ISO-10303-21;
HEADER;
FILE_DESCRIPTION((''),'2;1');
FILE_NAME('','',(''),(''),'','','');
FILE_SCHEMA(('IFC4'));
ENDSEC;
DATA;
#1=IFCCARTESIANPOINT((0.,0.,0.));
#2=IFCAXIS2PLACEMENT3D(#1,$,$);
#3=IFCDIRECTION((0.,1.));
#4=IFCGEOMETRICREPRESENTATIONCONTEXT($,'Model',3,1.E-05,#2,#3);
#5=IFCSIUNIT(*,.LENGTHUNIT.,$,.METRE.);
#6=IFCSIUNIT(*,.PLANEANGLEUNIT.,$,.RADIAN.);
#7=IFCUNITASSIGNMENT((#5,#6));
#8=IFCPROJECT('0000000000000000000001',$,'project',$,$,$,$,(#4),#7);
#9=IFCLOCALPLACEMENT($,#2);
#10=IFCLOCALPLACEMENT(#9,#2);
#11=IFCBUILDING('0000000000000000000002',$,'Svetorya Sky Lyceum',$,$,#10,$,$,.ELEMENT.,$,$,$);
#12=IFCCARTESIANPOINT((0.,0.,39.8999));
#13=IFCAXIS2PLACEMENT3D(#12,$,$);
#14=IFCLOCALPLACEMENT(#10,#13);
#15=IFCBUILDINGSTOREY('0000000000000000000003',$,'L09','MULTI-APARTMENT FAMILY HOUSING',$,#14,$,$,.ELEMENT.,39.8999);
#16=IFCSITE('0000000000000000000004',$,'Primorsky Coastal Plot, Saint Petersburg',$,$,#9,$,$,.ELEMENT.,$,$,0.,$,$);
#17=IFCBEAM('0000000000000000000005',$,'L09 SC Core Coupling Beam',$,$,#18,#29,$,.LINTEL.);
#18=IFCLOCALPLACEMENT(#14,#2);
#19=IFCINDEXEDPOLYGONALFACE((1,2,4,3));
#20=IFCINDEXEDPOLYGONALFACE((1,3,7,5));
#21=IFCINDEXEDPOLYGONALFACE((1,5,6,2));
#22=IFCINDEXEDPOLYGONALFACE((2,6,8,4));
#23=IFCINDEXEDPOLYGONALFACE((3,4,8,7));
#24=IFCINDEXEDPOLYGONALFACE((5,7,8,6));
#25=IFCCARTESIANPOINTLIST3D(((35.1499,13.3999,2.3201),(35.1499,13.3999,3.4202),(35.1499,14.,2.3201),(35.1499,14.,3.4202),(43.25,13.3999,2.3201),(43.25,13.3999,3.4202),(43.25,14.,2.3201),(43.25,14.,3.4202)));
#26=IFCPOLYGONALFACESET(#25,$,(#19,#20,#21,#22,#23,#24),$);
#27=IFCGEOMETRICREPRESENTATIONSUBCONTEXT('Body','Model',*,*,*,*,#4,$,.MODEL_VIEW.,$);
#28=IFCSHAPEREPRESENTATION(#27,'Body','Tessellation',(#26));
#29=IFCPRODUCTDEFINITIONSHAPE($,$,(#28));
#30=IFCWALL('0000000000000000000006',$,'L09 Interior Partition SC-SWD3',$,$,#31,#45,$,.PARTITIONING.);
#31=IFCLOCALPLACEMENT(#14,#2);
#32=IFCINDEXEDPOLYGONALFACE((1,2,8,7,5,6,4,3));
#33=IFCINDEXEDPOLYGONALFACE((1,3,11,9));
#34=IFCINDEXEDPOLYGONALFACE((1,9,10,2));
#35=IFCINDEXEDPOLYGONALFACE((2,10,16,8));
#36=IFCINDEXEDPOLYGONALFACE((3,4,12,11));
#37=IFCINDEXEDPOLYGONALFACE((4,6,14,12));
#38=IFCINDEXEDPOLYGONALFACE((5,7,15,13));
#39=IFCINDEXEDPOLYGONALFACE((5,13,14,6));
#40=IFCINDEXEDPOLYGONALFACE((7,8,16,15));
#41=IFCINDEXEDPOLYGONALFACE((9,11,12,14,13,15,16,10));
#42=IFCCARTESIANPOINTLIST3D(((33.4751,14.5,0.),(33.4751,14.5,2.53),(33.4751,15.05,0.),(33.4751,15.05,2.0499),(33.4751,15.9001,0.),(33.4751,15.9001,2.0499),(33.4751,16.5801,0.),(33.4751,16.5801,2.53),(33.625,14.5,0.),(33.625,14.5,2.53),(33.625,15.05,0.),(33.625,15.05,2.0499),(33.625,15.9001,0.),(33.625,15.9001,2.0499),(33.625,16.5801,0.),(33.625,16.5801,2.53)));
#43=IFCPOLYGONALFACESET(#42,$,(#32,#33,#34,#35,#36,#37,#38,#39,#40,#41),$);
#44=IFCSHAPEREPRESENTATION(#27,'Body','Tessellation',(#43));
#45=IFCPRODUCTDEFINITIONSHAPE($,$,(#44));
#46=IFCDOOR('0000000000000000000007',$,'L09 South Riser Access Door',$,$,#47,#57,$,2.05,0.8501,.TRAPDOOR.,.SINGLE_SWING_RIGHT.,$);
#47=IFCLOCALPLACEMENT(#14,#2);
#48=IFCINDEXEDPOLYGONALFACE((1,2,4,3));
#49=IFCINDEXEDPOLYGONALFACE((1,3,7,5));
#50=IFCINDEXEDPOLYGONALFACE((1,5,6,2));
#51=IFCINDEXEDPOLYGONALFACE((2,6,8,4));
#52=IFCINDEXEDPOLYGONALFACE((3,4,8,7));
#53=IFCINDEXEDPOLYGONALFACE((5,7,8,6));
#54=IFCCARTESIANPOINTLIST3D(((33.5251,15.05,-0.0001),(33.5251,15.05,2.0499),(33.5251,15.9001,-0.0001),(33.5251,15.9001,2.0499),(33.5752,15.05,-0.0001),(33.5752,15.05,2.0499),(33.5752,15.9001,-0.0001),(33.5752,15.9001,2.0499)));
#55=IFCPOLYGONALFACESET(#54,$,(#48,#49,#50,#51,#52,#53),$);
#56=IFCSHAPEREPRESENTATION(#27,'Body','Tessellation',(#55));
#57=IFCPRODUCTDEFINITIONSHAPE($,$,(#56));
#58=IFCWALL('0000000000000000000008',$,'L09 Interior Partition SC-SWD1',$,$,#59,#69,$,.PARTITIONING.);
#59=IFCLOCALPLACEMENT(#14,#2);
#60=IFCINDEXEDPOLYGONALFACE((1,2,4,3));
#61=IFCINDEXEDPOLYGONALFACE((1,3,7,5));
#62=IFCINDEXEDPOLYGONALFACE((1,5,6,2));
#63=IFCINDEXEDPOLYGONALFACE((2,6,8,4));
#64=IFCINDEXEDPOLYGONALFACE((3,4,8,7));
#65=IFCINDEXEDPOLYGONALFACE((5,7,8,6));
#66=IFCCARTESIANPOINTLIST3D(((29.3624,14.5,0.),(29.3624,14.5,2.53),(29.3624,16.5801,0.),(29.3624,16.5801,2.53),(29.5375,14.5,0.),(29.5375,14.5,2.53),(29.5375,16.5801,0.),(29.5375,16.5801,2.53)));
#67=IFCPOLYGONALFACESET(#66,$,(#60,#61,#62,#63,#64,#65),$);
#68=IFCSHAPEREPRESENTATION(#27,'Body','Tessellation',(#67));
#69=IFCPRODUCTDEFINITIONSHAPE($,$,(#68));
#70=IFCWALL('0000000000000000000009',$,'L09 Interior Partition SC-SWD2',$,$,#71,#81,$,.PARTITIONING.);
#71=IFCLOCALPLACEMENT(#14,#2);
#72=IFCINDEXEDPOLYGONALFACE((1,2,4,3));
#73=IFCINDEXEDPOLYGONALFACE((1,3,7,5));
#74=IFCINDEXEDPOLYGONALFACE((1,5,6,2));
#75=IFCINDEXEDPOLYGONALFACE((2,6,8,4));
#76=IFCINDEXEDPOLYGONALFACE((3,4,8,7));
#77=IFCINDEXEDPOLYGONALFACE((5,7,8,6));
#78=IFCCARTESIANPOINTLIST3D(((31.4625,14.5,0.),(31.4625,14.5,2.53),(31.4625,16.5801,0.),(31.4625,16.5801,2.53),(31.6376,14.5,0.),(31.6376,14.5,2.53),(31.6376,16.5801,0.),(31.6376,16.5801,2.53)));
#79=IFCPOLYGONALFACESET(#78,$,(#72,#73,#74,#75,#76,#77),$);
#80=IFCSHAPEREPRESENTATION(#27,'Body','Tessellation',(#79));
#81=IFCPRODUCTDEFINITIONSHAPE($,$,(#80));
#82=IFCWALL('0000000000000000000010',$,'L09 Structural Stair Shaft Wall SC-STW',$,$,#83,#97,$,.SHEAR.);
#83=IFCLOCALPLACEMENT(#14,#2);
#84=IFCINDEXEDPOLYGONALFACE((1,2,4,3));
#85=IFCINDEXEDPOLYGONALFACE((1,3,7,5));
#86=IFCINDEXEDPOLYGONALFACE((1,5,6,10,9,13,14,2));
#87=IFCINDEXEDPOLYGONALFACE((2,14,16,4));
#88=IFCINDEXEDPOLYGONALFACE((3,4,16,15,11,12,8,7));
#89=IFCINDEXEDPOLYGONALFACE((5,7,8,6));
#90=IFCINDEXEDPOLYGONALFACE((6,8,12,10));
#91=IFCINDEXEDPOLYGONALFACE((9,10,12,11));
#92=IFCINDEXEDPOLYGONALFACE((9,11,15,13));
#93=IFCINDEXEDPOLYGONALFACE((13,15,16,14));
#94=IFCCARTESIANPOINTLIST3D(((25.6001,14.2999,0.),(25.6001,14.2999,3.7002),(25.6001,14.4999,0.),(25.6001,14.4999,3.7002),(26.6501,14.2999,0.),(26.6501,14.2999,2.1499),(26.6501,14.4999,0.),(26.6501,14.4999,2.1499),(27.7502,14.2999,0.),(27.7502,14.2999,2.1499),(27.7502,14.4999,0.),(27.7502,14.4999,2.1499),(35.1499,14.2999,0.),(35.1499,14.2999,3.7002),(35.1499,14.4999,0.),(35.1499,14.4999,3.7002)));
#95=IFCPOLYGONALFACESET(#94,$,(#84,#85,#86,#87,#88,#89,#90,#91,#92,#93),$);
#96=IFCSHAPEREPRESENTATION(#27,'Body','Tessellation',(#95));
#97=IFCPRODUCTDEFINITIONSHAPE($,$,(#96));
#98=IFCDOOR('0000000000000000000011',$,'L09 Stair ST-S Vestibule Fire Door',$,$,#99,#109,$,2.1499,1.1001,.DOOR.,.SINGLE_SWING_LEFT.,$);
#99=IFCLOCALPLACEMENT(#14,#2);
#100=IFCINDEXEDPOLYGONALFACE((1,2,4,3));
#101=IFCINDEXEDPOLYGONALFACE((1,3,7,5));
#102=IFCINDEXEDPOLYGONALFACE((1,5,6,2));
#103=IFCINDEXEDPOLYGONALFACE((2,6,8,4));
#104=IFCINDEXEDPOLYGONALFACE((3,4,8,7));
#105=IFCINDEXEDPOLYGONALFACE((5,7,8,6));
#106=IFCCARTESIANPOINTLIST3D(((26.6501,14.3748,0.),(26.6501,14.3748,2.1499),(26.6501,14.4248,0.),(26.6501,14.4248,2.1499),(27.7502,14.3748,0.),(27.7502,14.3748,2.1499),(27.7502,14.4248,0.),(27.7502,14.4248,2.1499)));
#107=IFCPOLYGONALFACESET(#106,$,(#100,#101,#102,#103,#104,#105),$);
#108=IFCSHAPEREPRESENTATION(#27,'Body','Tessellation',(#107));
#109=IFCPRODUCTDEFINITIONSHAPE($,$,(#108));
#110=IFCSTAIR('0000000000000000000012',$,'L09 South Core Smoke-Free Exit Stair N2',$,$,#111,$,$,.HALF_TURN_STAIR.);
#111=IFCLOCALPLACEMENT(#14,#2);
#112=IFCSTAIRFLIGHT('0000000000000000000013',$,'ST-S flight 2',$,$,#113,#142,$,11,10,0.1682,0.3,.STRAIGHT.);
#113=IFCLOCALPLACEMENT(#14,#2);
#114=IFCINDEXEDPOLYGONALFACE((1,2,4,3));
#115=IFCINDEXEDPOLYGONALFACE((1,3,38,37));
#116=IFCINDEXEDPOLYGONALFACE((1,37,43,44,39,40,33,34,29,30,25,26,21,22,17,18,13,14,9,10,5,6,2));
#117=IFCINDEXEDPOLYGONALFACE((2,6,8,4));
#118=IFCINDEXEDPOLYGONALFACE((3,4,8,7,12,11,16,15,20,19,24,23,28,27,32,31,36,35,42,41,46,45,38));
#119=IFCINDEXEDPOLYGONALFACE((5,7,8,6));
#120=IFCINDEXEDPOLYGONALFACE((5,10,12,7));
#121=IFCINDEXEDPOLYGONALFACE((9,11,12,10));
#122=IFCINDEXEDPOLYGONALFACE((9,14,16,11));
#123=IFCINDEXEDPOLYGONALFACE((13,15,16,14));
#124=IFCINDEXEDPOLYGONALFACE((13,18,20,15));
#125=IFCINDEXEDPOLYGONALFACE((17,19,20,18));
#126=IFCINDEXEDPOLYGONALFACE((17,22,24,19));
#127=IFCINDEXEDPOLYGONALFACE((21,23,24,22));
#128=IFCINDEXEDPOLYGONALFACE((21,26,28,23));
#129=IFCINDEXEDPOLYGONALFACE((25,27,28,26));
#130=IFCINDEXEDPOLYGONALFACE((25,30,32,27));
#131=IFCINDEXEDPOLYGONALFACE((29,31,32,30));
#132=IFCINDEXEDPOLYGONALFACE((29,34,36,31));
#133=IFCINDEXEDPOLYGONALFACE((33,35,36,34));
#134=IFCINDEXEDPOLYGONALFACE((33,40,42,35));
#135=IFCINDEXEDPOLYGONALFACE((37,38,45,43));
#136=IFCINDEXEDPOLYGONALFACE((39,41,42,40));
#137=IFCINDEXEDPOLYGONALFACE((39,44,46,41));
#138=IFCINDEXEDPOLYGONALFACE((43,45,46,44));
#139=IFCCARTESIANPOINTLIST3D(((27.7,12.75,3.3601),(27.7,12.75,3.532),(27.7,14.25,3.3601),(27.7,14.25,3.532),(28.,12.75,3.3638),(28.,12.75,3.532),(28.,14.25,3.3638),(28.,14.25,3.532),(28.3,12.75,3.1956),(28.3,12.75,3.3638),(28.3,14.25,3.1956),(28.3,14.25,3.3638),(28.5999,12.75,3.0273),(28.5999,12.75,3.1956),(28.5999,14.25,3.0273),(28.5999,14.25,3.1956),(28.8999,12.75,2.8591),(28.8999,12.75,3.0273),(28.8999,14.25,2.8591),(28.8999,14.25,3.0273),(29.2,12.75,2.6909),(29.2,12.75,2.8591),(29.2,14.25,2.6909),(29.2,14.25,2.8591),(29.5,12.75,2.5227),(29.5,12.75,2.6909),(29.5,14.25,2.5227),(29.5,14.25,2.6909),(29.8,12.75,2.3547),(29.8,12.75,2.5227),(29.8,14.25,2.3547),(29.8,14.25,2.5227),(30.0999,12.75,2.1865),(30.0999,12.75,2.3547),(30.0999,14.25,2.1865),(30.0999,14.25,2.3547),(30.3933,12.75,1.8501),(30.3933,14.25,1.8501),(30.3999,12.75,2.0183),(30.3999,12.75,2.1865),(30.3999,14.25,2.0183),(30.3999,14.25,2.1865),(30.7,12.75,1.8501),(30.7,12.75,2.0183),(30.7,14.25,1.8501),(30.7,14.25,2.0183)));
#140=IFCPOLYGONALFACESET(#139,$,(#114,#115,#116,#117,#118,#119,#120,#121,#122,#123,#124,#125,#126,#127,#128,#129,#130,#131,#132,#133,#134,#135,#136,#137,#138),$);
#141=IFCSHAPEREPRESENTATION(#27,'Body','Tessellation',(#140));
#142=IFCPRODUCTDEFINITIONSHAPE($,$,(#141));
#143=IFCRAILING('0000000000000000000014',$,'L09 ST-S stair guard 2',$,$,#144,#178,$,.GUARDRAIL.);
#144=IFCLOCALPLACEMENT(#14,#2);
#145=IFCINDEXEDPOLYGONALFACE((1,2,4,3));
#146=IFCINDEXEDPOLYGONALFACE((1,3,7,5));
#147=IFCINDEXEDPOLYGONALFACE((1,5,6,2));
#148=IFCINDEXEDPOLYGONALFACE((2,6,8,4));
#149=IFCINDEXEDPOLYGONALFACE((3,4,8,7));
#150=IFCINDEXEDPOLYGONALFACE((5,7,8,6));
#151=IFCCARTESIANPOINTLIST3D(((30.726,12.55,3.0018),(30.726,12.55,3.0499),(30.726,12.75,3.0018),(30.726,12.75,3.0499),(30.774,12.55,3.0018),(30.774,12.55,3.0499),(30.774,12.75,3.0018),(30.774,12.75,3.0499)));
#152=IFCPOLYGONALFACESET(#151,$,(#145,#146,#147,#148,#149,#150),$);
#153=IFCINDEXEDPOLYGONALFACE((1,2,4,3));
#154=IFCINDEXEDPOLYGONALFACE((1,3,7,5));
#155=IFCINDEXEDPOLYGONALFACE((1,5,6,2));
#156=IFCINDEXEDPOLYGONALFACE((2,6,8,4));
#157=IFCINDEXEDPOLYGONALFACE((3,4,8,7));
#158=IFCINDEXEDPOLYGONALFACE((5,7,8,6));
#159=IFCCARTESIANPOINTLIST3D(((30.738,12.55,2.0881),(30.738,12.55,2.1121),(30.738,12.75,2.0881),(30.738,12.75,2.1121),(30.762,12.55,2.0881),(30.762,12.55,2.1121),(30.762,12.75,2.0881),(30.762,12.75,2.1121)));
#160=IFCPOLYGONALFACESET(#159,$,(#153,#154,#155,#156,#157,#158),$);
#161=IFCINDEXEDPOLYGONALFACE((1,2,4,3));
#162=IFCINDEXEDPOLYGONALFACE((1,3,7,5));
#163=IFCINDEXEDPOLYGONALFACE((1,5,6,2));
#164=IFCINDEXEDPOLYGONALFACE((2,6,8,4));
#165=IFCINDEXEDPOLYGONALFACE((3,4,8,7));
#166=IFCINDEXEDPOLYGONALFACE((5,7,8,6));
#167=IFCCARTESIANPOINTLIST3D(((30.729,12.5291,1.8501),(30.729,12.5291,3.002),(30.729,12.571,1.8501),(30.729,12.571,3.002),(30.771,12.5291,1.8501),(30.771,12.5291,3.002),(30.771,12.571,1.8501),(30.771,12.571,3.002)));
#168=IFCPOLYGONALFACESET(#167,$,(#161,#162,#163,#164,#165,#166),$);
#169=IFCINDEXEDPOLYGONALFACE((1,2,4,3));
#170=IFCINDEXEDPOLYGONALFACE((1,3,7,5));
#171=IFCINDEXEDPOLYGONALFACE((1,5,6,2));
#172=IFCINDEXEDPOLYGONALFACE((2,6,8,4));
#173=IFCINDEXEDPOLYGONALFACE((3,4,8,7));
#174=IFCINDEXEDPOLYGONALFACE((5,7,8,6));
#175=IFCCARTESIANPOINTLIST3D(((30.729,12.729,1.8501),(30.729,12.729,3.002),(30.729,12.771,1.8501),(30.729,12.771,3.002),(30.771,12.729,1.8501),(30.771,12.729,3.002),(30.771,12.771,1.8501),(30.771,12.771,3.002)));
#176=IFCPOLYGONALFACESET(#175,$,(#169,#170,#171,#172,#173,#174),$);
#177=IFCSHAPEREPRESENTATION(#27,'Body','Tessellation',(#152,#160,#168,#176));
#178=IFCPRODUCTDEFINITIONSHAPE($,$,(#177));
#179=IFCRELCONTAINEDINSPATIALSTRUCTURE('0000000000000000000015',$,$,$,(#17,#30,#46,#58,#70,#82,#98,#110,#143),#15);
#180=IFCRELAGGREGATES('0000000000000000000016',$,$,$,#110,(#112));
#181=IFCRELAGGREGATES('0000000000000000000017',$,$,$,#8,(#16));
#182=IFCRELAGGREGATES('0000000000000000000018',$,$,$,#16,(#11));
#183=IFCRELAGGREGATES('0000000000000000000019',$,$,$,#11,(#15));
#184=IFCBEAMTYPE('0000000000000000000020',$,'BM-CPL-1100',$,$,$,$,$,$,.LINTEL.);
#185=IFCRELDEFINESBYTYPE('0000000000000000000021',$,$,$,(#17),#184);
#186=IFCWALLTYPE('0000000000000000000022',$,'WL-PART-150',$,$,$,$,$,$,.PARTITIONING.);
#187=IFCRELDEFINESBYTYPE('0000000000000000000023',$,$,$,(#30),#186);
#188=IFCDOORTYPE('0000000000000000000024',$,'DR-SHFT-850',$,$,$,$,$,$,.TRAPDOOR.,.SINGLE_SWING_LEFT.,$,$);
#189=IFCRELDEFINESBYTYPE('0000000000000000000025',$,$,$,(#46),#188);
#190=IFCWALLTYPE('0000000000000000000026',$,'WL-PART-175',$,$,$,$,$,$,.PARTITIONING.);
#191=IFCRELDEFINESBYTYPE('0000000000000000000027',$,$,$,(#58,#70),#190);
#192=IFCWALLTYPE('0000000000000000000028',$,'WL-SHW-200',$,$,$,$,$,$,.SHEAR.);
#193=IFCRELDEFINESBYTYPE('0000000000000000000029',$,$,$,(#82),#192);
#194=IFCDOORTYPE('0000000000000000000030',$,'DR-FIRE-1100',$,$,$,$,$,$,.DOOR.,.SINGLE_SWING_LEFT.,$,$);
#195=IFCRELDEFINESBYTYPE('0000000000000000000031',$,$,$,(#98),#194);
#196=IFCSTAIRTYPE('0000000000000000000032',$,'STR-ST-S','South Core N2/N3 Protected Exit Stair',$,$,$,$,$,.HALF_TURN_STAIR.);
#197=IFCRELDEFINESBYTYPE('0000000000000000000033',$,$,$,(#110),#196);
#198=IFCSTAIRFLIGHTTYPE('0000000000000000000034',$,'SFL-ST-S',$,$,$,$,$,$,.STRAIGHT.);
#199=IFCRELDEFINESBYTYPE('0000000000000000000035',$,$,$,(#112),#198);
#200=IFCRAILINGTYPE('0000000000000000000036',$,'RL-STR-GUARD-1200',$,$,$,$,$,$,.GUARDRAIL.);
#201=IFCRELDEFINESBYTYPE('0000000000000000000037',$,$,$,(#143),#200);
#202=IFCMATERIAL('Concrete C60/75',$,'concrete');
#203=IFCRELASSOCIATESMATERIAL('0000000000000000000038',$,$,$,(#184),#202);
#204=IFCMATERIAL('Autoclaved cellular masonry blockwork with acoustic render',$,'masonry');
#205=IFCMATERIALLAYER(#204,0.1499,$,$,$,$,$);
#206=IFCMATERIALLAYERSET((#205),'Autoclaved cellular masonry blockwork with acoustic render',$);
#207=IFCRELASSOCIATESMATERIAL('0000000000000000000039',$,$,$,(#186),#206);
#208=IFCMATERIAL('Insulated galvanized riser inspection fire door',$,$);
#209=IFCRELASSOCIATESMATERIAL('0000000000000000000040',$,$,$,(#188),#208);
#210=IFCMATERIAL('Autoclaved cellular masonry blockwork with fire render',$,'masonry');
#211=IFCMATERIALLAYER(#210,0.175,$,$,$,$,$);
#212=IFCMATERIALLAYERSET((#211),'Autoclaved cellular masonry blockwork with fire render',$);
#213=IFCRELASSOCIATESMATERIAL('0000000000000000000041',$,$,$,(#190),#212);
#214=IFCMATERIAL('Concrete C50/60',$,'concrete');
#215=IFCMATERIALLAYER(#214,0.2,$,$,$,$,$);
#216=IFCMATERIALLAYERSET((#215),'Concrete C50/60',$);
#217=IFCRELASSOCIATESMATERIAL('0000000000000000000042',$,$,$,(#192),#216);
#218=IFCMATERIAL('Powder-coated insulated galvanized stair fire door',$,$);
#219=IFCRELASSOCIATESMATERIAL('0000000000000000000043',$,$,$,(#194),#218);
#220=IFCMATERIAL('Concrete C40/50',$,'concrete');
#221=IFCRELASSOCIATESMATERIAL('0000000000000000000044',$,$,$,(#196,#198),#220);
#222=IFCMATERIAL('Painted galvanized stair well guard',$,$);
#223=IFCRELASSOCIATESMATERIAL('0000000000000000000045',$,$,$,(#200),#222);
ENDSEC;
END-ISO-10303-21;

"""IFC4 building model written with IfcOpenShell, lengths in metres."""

from ifc_helpers import new_model, si_unit, direction, frame, frame_2d, origin, origin_2d, place, context, subcontext, project, spatial, polyline, rectangle, outline, extrude, material, layer, layer_set, material_profile, profile_set, type_object, element, fill, aggregate, save


model = new_model("IFC4")

# Units and contexts
model_context = context("Model", 3, precision=1e-05, world=origin(), true_north=direction((0.0, 1.0)))
body_context = subcontext(model_context, "Body", "Model", "MODEL_VIEW")
ifc_project = project(units=[si_unit("LENGTHUNIT", "METRE"), si_unit("PLANEANGLEUNIT", "RADIAN")], contexts=[model_context])

# Site, building, storey
site_placement = place(None, origin())
site = spatial("IfcSite", under=ifc_project, at=site_placement, Name="Primorsky Coastal Plot, Saint Petersburg", CompositionType="ELEMENT", RefElevation=0.0)
building_placement = place(site_placement, origin())
building = spatial("IfcBuilding", under=site, at=building_placement, Name="Svetorya Sky Lyceum", CompositionType="ELEMENT")
storey_placement = place(building_placement, frame((0.0, 0.0, 39.8999)))
storey = spatial("IfcBuildingStorey", under=building, at=storey_placement, Name="L09", Description="MULTI-APARTMENT FAMILY HOUSING", CompositionType="ELEMENT", Elevation=39.8999)

# Beam
ifc_material_1 = material(Name="Concrete C60/75", Category="concrete")
ifc_material_profile = material_profile(ifc_material_1, rectangle(XDim=0.6001, YDim=1.1001, at=origin_2d()), Name="RC COUPLING 600x1100")
ifc_profile_set = profile_set([ifc_material_profile], Name="Concrete C60/75")
beam_type = type_object("IfcBeamType", Name="BM-CPL-1100", PredefinedType="LINTEL", material=ifc_profile_set)
beam_placement = place(storey_placement, frame((35.1499, 13.7, 2.8701), z_axis=(1.0, 0.0, 0.0), x_axis=(0.0, 1.0, 0.0)))
element("IfcBeam", 1, at=beam_placement, inside=storey, type_object=beam_type, Name="L09 SC Core Coupling Beam", PredefinedType="LINTEL", context=body_context, shape_type="SweptSolid", body=[
    extrude(rectangle(XDim=0.6001, YDim=1.1001, at=origin_2d()), origin(), (0.0, 0.0, 1.0), 8.1001),
])

# Wall, opening, door
ifc_material_2 = material(Name="Autoclaved cellular masonry blockwork with acoustic render", Category="masonry")
ifc_layer_1 = layer(ifc_material_2, 0.1499)
ifc_layer_set_1 = layer_set([ifc_layer_1], Name="Autoclaved cellular masonry blockwork with acoustic render")
wall_type_1 = type_object("IfcWallType", Name="WL-PART-150", PredefinedType="PARTITIONING", material=ifc_layer_set_1)
wall_1_placement = place(storey_placement, frame((33.55, 14.5, 0.0), z_axis=(0.0, 0.0, 1.0), x_axis=(0.0, 1.0, 0.0)))
wall_1 = element("IfcWall", 2, at=wall_1_placement, inside=storey, type_object=wall_type_1, Name="L09 Interior Partition SC-SWD3", PredefinedType="PARTITIONING", context=body_context, shape_type="SweptSolid", body=[
    extrude(rectangle(XDim=2.0801, YDim=0.1499, at=frame_2d((1.04, 0.0))), origin(), (0.0, 0.0, 1.0), 2.53),
])
opening_1_placement = place(wall_1_placement, frame((0.55, 0.0, 0.0)))
opening_1 = element("IfcOpeningElement", 3, at=opening_1_placement, cuts=wall_1, PredefinedType="OPENING", context=body_context, shape_type="SweptSolid", body=[
    extrude(rectangle(XDim=0.8501, YDim=2.05, at=frame_2d((0.425, 1.0249))), frame((0.0, 0.085, 0.0), z_axis=(0.0, -1.0, 0.0), x_axis=(1.0, 0.0, 0.0)), (0.0, 0.0, 1.0), 0.1699),
])
ifc_material_3 = material(Name="Insulated galvanized riser inspection fire door")
door_type_1 = type_object("IfcDoorType", Name="DR-SHFT-850", OperationType="SINGLE_SWING_LEFT", PredefinedType="TRAPDOOR", material=ifc_material_3)
door_1_placement = place(opening_1_placement, origin())
door_1 = element("IfcDoor", 4, at=door_1_placement, inside=storey, type_object=door_type_1, Name="L09 South Riser Access Door", OperationType="SINGLE_SWING_RIGHT", OverallHeight=2.05, OverallWidth=0.8501, PredefinedType="TRAPDOOR", context=body_context, shape_type="SweptSolid", body=[
    extrude(rectangle(XDim=0.8501, YDim=2.05, at=frame_2d((0.425, 1.0249))), frame((0.0, 0.0249, 0.0), z_axis=(0.0, -1.0, 0.0), x_axis=(1.0, 0.0, 0.0)), (0.0, 0.0, 1.0), 0.05),
])
fill(opening_1, door_1)

# Walls
ifc_material_4 = material(Name="Autoclaved cellular masonry blockwork with fire render", Category="masonry")
ifc_layer_2 = layer(ifc_material_4, 0.175)
ifc_layer_set_2 = layer_set([ifc_layer_2], Name="Autoclaved cellular masonry blockwork with fire render")
wall_type_2 = type_object("IfcWallType", Name="WL-PART-175", PredefinedType="PARTITIONING", material=ifc_layer_set_2)
for number, where, z_axis, x_axis, name in (
    (5, (29.45, 14.5, 0.0), (0.0, 0.0, 1.0), (0.0, 1.0, 0.0), "L09 Interior Partition SC-SWD1"),
    (6, (31.55, 14.5, 0.0), (0.0, 0.0, 1.0), (0.0, 1.0, 0.0), "L09 Interior Partition SC-SWD2"),
):
    element("IfcWall", number, at=place(storey_placement, frame(where, z_axis=z_axis, x_axis=x_axis)), inside=storey, type_object=wall_type_2, Name=name, PredefinedType="PARTITIONING", context=body_context, shape_type="SweptSolid", body=[
        extrude(rectangle(XDim=2.0801, YDim=0.175, at=frame_2d((1.04, 0.0))), origin(), (0.0, 0.0, 1.0), 2.53),
    ])

# Wall, opening, door
ifc_material_5 = material(Name="Concrete C50/60", Category="concrete")
ifc_layer_3 = layer(ifc_material_5, 0.2)
ifc_layer_set_3 = layer_set([ifc_layer_3], Name="Concrete C50/60")
wall_type_3 = type_object("IfcWallType", Name="WL-SHW-200", PredefinedType="SHEAR", material=ifc_layer_set_3)
wall_2_placement = place(storey_placement, frame((25.6001, 14.3999, 0.0), z_axis=(0.0, 0.0, 1.0), x_axis=(1.0, 0.0, 0.0)))
wall_2 = element("IfcWall", 7, at=wall_2_placement, inside=storey, type_object=wall_type_3, Name="L09 Structural Stair Shaft Wall SC-STW", PredefinedType="SHEAR", context=body_context, shape_type="SweptSolid", body=[
    extrude(rectangle(XDim=9.5498, YDim=0.2, at=frame_2d((4.7749, 0.0))), origin(), (0.0, 0.0, 1.0), 3.7002),
])
opening_2_placement = place(wall_2_placement, frame((1.05, 0.0, 0.0)))
opening_2 = element("IfcOpeningElement", 8, at=opening_2_placement, cuts=wall_2, PredefinedType="OPENING", context=body_context, shape_type="SweptSolid", body=[
    extrude(rectangle(XDim=1.1001, YDim=2.1499, at=frame_2d((0.55, 1.075))), frame((0.0, 0.1099, 0.0), z_axis=(0.0, -1.0, 0.0), x_axis=(1.0, 0.0, 0.0)), (0.0, 0.0, 1.0), 0.22),
])
ifc_material_6 = material(Name="Powder-coated insulated galvanized stair fire door")
door_type_2 = type_object("IfcDoorType", Name="DR-FIRE-1100", OperationType="SINGLE_SWING_LEFT", PredefinedType="DOOR", material=ifc_material_6)
door_2_placement = place(opening_2_placement, origin())
door_2 = element("IfcDoor", 9, at=door_2_placement, inside=storey, type_object=door_type_2, Name="L09 Stair ST-S Vestibule Fire Door", OperationType="SINGLE_SWING_LEFT", OverallHeight=2.1499, OverallWidth=1.1001, PredefinedType="DOOR", context=body_context, shape_type="SweptSolid", body=[
    extrude(rectangle(XDim=1.1001, YDim=2.1499, at=frame_2d((0.55, 1.075))), frame((0.0, 0.0249, 0.0), z_axis=(0.0, -1.0, 0.0), x_axis=(1.0, 0.0, 0.0)), (0.0, 0.0, 1.0), 0.05),
])
fill(opening_2, door_2)

# Stair, stair flight
ifc_material_7 = material(Name="Concrete C40/50", Category="concrete")
stair_type = type_object("IfcStairType", Name="STR-ST-S", Description="South Core N2/N3 Protected Exit Stair", PredefinedType="HALF_TURN_STAIR", material=ifc_material_7)
stair_placement = place(storey_placement, origin())
stair = element("IfcStair", 10, at=stair_placement, inside=storey, type_object=stair_type, Name="L09 South Core Smoke-Free Exit Stair N2", PredefinedType="HALF_TURN_STAIR")
stair_flight_type = type_object("IfcStairFlightType", Name="SFL-ST-S", PredefinedType="STRAIGHT", material=ifc_material_7)
stair_flight_placement = place(storey_placement, frame((30.7, 13.5, 1.8501), z_axis=(0.0, 0.0, 1.0), x_axis=(-1.0, 0.0, 0.0)))
stair_flight = element("IfcStairFlight", 11, at=stair_flight_placement, type_object=stair_flight_type, Name="ST-S flight 2", NumberOfRisers=11, NumberOfTreads=10, PredefinedType="STRAIGHT", RiserHeight=0.1682, TreadLength=0.3, context=body_context, shape_type="SweptSolid", body=[
    extrude(outline(polyline([(0.0, 0.0), (0.0, 0.1682), (0.3, 0.1682), (0.3, 0.3364), (0.6001, 0.3364), (0.6001, 0.5046), (0.8999, 0.5046), (0.8999, 0.6726), (1.2, 0.6726), (1.2, 0.8408), (1.5, 0.8408), (1.5, 1.009), (1.8, 1.009), (1.8, 1.1772), (2.1001, 1.1772), (2.1001, 1.3455), (2.3999, 1.3455), (2.3999, 1.5137), (2.7, 1.5137), (2.7, 1.6819), (3.0, 1.6819), (3.0, 1.8501), (3.0, 1.51), (0.3066, 0.0), (0.0, 0.0)])), frame((0.0, 0.75, 0.0), z_axis=(0.0, -1.0, 0.0), x_axis=(1.0, 0.0, 0.0)), (0.0, 0.0, 1.0), 1.5),
])
aggregate(stair, [stair_flight])

# Railing
ifc_material_8 = material(Name="Painted galvanized stair well guard")
railing_type_1 = type_object("IfcRailingType", Name="RL-STR-GUARD-1200", PredefinedType="GUARDRAIL", material=ifc_material_8)
railing_1_placement = place(storey_placement, frame((30.75, 12.55, 1.8501)))
element("IfcRailing", 12, at=railing_1_placement, inside=storey, type_object=railing_type_1, Name="L09 ST-S stair guard 2", PredefinedType="GUARDRAIL", context=body_context, shape_type="SweptSolid", body=[
    extrude(rectangle(XDim=0.0481, YDim=0.0481, at=origin_2d()), frame((0.0, 0.0, 1.1758), z_axis=(0.0, 1.0, 0.0), x_axis=(-1.0, 0.0, 0.0)), (0.0, 0.0, 1.0), 0.2),
    extrude(rectangle(XDim=0.0239, YDim=0.0239, at=origin_2d()), frame((0.0, 0.0, 0.25), z_axis=(0.0, 1.0, 0.0), x_axis=(-1.0, 0.0, 0.0)), (0.0, 0.0, 1.0), 0.2),
    extrude(rectangle(XDim=0.042, YDim=0.042, at=origin_2d()), origin(), (0.0, 0.0, 1.0), 1.1519),
    extrude(rectangle(XDim=0.042, YDim=0.042, at=origin_2d()), frame((0.0, 0.2, 0.0)), (0.0, 0.0, 1.0), 1.1519),
])

save(model, "model.ifc")
